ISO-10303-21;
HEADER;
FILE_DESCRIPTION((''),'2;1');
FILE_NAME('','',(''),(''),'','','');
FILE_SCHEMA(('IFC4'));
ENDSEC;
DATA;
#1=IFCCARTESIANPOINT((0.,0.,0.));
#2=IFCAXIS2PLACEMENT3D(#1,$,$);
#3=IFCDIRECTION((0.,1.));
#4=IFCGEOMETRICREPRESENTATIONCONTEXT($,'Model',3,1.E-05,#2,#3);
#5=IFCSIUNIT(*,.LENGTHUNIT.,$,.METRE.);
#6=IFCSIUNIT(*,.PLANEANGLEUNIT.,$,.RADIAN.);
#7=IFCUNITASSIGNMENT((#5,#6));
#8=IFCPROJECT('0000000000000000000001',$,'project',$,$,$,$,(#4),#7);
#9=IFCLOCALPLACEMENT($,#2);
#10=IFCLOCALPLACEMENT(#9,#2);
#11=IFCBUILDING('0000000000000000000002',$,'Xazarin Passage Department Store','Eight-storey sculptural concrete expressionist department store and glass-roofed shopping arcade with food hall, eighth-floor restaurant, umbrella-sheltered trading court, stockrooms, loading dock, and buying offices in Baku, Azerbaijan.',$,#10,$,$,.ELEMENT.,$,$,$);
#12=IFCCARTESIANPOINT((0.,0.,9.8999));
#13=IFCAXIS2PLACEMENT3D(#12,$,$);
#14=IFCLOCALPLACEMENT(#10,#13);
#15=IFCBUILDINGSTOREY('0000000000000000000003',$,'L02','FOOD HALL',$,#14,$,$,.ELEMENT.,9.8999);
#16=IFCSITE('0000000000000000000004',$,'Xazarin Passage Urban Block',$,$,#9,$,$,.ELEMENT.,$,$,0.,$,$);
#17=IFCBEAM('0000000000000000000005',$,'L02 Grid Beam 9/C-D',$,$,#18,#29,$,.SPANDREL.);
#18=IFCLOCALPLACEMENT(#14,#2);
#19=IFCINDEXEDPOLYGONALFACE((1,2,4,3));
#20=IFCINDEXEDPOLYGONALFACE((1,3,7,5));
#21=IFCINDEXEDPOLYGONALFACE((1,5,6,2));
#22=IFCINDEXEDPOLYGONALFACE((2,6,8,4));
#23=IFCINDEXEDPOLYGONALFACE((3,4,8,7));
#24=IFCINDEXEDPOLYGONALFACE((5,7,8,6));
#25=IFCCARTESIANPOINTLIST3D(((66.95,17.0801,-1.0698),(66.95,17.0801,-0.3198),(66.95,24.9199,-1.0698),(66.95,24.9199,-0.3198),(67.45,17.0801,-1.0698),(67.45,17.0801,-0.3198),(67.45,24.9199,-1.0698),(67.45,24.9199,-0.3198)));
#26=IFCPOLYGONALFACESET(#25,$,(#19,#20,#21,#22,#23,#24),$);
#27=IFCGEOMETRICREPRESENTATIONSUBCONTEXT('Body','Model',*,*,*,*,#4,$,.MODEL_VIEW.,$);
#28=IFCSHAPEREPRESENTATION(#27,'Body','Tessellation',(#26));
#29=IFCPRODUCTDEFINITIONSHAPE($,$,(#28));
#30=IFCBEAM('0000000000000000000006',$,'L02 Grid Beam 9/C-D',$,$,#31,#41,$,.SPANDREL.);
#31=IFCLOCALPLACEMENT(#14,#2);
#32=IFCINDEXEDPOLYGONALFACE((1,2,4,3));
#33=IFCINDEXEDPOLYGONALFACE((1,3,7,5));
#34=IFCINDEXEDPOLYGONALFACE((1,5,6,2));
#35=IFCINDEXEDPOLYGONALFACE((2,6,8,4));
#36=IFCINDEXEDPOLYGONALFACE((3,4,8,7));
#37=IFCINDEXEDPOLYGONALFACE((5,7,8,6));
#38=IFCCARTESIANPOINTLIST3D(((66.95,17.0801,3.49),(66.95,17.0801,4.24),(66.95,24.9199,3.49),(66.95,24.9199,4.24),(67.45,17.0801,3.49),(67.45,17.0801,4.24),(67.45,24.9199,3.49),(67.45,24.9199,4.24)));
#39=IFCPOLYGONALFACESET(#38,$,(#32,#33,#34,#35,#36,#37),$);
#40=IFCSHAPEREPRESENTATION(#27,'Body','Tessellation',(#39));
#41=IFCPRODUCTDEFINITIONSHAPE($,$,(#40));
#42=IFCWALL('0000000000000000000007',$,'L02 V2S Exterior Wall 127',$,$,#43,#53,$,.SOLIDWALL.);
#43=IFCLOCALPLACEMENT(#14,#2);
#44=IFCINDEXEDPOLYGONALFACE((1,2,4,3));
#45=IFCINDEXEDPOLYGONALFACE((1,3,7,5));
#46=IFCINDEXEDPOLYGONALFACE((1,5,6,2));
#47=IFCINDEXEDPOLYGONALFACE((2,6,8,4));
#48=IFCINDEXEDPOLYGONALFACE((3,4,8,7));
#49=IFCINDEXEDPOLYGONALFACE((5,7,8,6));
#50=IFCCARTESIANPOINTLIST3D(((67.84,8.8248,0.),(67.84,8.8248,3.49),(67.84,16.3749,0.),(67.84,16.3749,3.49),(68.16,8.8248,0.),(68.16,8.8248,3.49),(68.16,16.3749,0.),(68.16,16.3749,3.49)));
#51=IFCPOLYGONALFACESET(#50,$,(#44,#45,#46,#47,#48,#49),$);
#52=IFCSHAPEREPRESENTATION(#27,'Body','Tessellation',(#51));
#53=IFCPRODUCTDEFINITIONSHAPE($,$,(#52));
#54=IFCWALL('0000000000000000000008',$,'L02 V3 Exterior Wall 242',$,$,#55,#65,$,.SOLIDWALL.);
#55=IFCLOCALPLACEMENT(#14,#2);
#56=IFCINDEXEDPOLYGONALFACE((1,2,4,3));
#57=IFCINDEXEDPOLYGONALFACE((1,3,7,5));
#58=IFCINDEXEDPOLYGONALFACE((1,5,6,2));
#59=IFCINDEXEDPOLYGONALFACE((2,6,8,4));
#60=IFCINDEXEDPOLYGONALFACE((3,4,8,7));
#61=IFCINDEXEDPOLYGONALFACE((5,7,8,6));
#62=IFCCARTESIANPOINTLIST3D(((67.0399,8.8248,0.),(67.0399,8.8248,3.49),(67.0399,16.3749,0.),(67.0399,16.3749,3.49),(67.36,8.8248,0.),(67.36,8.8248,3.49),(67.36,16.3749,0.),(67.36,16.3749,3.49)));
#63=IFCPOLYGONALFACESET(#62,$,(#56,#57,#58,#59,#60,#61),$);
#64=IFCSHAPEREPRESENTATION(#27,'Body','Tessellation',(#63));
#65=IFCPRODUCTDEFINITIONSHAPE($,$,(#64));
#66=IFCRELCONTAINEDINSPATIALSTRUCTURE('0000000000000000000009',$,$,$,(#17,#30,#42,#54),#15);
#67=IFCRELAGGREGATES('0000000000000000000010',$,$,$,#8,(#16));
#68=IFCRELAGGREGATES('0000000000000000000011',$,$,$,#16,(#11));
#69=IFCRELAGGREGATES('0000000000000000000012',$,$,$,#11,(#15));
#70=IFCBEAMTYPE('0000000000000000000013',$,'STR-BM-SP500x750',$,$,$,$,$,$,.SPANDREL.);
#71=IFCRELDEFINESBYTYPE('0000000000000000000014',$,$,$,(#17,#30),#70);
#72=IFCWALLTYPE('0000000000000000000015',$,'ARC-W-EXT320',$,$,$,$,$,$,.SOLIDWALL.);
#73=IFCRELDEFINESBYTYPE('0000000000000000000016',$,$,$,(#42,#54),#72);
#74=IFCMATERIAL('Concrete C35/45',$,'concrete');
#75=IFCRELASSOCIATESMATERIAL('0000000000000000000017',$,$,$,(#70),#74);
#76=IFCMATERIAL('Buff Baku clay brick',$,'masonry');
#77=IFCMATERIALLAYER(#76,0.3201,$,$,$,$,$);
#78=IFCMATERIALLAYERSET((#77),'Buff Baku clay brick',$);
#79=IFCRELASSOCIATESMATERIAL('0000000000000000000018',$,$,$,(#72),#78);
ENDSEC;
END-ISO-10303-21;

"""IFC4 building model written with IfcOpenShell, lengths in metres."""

from ifc_helpers import new_model, si_unit, direction, frame, frame_2d, origin, origin_2d, place, context, subcontext, project, spatial, rectangle, extrude, material, layer, layer_set, material_profile, profile_set, type_object, element, save


model = new_model("IFC4")

# Units and contexts
model_context = context("Model", 3, precision=1e-05, world=origin(), true_north=direction((0.0, 1.0)))
body_context = subcontext(model_context, "Body", "Model", "MODEL_VIEW")
ifc_project = project(units=[si_unit("LENGTHUNIT", "METRE"), si_unit("PLANEANGLEUNIT", "RADIAN")], contexts=[model_context])

# Site, building, storey
site_placement = place(None, origin())
site = spatial("IfcSite", under=ifc_project, at=site_placement, Name="Xazarin Passage Urban Block", CompositionType="ELEMENT", RefElevation=0.0)
building_placement = place(site_placement, origin())
building = spatial("IfcBuilding", under=site, at=building_placement, Name="Xazarin Passage Department Store", Description="Eight-storey sculptural concrete expressionist department store and glass-roofed shopping arcade with food hall, eighth-floor restaurant, umbrella-sheltered trading court, stockrooms, loading dock, and buying offices in Baku, Azerbaijan.", CompositionType="ELEMENT")
storey_placement = place(building_placement, frame((0.0, 0.0, 9.8999)))
storey = spatial("IfcBuildingStorey", under=building, at=storey_placement, Name="L02", Description="FOOD HALL", CompositionType="ELEMENT", Elevation=9.8999)

# Beams
ifc_material_1 = material(Name="Concrete C35/45", Category="concrete")
ifc_material_profile_1 = material_profile(ifc_material_1, rectangle(XDim=0.5, YDim=0.75, at=origin_2d()), Name="RC 500x750")
ifc_profile_set_1 = profile_set([ifc_material_profile_1], Name="Concrete C35/45")
beam_type_1 = type_object("IfcBeamType", Name="STR-BM-SP500x750", PredefinedType="SPANDREL", material=ifc_profile_set_1)
for number, where, z_axis, x_axis, name in (
    (1, (67.2, 17.0801, -0.6948), (0.0, 1.0, 0.0), (-1.0, 0.0, 0.0), "L02 Grid Beam 9/C-D"),
    (2, (67.2, 17.0801, 3.865), (0.0, 1.0, 0.0), (-1.0, 0.0, 0.0), "L02 Grid Beam 9/C-D"),
):
    element("IfcBeam", number, at=place(storey_placement, frame(where, z_axis=z_axis, x_axis=x_axis)), inside=storey, type_object=beam_type_1, Name=name, PredefinedType="SPANDREL", context=body_context, shape_type="SweptSolid", body=[
        extrude(rectangle(XDim=0.5, YDim=0.75, at=origin_2d()), origin(), (0.0, 0.0, 1.0), 7.8398),
    ])

# Walls
ifc_material_2 = material(Name="Buff Baku clay brick", Category="masonry")
ifc_layer = layer(ifc_material_2, 0.3201)
ifc_layer_set = layer_set([ifc_layer], Name="Buff Baku clay brick")
wall_type = type_object("IfcWallType", Name="ARC-W-EXT320", PredefinedType="SOLIDWALL", material=ifc_layer_set)
for number, where, z_axis, x_axis, name in (
    (3, (68.0, 8.825, 0.0), (0.0, 0.0, 1.0), (0.0, 1.0, 0.0), "L02 V2S Exterior Wall 127"),
    (4, (67.2, 8.825, 0.0), (0.0, 0.0, 1.0), (0.0, 1.0, 0.0), "L02 V3 Exterior Wall 242"),
):
    element("IfcWall", number, at=place(storey_placement, frame(where, z_axis=z_axis, x_axis=x_axis)), inside=storey, type_object=wall_type, Name=name, PredefinedType="SOLIDWALL", context=body_context, shape_type="SweptSolid", body=[
        extrude(rectangle(XDim=7.55, YDim=0.3201, at=frame_2d((3.7749, 0.0))), origin(), (0.0, 0.0, 1.0), 3.49),
    ])

save(model, "model.ifc")
